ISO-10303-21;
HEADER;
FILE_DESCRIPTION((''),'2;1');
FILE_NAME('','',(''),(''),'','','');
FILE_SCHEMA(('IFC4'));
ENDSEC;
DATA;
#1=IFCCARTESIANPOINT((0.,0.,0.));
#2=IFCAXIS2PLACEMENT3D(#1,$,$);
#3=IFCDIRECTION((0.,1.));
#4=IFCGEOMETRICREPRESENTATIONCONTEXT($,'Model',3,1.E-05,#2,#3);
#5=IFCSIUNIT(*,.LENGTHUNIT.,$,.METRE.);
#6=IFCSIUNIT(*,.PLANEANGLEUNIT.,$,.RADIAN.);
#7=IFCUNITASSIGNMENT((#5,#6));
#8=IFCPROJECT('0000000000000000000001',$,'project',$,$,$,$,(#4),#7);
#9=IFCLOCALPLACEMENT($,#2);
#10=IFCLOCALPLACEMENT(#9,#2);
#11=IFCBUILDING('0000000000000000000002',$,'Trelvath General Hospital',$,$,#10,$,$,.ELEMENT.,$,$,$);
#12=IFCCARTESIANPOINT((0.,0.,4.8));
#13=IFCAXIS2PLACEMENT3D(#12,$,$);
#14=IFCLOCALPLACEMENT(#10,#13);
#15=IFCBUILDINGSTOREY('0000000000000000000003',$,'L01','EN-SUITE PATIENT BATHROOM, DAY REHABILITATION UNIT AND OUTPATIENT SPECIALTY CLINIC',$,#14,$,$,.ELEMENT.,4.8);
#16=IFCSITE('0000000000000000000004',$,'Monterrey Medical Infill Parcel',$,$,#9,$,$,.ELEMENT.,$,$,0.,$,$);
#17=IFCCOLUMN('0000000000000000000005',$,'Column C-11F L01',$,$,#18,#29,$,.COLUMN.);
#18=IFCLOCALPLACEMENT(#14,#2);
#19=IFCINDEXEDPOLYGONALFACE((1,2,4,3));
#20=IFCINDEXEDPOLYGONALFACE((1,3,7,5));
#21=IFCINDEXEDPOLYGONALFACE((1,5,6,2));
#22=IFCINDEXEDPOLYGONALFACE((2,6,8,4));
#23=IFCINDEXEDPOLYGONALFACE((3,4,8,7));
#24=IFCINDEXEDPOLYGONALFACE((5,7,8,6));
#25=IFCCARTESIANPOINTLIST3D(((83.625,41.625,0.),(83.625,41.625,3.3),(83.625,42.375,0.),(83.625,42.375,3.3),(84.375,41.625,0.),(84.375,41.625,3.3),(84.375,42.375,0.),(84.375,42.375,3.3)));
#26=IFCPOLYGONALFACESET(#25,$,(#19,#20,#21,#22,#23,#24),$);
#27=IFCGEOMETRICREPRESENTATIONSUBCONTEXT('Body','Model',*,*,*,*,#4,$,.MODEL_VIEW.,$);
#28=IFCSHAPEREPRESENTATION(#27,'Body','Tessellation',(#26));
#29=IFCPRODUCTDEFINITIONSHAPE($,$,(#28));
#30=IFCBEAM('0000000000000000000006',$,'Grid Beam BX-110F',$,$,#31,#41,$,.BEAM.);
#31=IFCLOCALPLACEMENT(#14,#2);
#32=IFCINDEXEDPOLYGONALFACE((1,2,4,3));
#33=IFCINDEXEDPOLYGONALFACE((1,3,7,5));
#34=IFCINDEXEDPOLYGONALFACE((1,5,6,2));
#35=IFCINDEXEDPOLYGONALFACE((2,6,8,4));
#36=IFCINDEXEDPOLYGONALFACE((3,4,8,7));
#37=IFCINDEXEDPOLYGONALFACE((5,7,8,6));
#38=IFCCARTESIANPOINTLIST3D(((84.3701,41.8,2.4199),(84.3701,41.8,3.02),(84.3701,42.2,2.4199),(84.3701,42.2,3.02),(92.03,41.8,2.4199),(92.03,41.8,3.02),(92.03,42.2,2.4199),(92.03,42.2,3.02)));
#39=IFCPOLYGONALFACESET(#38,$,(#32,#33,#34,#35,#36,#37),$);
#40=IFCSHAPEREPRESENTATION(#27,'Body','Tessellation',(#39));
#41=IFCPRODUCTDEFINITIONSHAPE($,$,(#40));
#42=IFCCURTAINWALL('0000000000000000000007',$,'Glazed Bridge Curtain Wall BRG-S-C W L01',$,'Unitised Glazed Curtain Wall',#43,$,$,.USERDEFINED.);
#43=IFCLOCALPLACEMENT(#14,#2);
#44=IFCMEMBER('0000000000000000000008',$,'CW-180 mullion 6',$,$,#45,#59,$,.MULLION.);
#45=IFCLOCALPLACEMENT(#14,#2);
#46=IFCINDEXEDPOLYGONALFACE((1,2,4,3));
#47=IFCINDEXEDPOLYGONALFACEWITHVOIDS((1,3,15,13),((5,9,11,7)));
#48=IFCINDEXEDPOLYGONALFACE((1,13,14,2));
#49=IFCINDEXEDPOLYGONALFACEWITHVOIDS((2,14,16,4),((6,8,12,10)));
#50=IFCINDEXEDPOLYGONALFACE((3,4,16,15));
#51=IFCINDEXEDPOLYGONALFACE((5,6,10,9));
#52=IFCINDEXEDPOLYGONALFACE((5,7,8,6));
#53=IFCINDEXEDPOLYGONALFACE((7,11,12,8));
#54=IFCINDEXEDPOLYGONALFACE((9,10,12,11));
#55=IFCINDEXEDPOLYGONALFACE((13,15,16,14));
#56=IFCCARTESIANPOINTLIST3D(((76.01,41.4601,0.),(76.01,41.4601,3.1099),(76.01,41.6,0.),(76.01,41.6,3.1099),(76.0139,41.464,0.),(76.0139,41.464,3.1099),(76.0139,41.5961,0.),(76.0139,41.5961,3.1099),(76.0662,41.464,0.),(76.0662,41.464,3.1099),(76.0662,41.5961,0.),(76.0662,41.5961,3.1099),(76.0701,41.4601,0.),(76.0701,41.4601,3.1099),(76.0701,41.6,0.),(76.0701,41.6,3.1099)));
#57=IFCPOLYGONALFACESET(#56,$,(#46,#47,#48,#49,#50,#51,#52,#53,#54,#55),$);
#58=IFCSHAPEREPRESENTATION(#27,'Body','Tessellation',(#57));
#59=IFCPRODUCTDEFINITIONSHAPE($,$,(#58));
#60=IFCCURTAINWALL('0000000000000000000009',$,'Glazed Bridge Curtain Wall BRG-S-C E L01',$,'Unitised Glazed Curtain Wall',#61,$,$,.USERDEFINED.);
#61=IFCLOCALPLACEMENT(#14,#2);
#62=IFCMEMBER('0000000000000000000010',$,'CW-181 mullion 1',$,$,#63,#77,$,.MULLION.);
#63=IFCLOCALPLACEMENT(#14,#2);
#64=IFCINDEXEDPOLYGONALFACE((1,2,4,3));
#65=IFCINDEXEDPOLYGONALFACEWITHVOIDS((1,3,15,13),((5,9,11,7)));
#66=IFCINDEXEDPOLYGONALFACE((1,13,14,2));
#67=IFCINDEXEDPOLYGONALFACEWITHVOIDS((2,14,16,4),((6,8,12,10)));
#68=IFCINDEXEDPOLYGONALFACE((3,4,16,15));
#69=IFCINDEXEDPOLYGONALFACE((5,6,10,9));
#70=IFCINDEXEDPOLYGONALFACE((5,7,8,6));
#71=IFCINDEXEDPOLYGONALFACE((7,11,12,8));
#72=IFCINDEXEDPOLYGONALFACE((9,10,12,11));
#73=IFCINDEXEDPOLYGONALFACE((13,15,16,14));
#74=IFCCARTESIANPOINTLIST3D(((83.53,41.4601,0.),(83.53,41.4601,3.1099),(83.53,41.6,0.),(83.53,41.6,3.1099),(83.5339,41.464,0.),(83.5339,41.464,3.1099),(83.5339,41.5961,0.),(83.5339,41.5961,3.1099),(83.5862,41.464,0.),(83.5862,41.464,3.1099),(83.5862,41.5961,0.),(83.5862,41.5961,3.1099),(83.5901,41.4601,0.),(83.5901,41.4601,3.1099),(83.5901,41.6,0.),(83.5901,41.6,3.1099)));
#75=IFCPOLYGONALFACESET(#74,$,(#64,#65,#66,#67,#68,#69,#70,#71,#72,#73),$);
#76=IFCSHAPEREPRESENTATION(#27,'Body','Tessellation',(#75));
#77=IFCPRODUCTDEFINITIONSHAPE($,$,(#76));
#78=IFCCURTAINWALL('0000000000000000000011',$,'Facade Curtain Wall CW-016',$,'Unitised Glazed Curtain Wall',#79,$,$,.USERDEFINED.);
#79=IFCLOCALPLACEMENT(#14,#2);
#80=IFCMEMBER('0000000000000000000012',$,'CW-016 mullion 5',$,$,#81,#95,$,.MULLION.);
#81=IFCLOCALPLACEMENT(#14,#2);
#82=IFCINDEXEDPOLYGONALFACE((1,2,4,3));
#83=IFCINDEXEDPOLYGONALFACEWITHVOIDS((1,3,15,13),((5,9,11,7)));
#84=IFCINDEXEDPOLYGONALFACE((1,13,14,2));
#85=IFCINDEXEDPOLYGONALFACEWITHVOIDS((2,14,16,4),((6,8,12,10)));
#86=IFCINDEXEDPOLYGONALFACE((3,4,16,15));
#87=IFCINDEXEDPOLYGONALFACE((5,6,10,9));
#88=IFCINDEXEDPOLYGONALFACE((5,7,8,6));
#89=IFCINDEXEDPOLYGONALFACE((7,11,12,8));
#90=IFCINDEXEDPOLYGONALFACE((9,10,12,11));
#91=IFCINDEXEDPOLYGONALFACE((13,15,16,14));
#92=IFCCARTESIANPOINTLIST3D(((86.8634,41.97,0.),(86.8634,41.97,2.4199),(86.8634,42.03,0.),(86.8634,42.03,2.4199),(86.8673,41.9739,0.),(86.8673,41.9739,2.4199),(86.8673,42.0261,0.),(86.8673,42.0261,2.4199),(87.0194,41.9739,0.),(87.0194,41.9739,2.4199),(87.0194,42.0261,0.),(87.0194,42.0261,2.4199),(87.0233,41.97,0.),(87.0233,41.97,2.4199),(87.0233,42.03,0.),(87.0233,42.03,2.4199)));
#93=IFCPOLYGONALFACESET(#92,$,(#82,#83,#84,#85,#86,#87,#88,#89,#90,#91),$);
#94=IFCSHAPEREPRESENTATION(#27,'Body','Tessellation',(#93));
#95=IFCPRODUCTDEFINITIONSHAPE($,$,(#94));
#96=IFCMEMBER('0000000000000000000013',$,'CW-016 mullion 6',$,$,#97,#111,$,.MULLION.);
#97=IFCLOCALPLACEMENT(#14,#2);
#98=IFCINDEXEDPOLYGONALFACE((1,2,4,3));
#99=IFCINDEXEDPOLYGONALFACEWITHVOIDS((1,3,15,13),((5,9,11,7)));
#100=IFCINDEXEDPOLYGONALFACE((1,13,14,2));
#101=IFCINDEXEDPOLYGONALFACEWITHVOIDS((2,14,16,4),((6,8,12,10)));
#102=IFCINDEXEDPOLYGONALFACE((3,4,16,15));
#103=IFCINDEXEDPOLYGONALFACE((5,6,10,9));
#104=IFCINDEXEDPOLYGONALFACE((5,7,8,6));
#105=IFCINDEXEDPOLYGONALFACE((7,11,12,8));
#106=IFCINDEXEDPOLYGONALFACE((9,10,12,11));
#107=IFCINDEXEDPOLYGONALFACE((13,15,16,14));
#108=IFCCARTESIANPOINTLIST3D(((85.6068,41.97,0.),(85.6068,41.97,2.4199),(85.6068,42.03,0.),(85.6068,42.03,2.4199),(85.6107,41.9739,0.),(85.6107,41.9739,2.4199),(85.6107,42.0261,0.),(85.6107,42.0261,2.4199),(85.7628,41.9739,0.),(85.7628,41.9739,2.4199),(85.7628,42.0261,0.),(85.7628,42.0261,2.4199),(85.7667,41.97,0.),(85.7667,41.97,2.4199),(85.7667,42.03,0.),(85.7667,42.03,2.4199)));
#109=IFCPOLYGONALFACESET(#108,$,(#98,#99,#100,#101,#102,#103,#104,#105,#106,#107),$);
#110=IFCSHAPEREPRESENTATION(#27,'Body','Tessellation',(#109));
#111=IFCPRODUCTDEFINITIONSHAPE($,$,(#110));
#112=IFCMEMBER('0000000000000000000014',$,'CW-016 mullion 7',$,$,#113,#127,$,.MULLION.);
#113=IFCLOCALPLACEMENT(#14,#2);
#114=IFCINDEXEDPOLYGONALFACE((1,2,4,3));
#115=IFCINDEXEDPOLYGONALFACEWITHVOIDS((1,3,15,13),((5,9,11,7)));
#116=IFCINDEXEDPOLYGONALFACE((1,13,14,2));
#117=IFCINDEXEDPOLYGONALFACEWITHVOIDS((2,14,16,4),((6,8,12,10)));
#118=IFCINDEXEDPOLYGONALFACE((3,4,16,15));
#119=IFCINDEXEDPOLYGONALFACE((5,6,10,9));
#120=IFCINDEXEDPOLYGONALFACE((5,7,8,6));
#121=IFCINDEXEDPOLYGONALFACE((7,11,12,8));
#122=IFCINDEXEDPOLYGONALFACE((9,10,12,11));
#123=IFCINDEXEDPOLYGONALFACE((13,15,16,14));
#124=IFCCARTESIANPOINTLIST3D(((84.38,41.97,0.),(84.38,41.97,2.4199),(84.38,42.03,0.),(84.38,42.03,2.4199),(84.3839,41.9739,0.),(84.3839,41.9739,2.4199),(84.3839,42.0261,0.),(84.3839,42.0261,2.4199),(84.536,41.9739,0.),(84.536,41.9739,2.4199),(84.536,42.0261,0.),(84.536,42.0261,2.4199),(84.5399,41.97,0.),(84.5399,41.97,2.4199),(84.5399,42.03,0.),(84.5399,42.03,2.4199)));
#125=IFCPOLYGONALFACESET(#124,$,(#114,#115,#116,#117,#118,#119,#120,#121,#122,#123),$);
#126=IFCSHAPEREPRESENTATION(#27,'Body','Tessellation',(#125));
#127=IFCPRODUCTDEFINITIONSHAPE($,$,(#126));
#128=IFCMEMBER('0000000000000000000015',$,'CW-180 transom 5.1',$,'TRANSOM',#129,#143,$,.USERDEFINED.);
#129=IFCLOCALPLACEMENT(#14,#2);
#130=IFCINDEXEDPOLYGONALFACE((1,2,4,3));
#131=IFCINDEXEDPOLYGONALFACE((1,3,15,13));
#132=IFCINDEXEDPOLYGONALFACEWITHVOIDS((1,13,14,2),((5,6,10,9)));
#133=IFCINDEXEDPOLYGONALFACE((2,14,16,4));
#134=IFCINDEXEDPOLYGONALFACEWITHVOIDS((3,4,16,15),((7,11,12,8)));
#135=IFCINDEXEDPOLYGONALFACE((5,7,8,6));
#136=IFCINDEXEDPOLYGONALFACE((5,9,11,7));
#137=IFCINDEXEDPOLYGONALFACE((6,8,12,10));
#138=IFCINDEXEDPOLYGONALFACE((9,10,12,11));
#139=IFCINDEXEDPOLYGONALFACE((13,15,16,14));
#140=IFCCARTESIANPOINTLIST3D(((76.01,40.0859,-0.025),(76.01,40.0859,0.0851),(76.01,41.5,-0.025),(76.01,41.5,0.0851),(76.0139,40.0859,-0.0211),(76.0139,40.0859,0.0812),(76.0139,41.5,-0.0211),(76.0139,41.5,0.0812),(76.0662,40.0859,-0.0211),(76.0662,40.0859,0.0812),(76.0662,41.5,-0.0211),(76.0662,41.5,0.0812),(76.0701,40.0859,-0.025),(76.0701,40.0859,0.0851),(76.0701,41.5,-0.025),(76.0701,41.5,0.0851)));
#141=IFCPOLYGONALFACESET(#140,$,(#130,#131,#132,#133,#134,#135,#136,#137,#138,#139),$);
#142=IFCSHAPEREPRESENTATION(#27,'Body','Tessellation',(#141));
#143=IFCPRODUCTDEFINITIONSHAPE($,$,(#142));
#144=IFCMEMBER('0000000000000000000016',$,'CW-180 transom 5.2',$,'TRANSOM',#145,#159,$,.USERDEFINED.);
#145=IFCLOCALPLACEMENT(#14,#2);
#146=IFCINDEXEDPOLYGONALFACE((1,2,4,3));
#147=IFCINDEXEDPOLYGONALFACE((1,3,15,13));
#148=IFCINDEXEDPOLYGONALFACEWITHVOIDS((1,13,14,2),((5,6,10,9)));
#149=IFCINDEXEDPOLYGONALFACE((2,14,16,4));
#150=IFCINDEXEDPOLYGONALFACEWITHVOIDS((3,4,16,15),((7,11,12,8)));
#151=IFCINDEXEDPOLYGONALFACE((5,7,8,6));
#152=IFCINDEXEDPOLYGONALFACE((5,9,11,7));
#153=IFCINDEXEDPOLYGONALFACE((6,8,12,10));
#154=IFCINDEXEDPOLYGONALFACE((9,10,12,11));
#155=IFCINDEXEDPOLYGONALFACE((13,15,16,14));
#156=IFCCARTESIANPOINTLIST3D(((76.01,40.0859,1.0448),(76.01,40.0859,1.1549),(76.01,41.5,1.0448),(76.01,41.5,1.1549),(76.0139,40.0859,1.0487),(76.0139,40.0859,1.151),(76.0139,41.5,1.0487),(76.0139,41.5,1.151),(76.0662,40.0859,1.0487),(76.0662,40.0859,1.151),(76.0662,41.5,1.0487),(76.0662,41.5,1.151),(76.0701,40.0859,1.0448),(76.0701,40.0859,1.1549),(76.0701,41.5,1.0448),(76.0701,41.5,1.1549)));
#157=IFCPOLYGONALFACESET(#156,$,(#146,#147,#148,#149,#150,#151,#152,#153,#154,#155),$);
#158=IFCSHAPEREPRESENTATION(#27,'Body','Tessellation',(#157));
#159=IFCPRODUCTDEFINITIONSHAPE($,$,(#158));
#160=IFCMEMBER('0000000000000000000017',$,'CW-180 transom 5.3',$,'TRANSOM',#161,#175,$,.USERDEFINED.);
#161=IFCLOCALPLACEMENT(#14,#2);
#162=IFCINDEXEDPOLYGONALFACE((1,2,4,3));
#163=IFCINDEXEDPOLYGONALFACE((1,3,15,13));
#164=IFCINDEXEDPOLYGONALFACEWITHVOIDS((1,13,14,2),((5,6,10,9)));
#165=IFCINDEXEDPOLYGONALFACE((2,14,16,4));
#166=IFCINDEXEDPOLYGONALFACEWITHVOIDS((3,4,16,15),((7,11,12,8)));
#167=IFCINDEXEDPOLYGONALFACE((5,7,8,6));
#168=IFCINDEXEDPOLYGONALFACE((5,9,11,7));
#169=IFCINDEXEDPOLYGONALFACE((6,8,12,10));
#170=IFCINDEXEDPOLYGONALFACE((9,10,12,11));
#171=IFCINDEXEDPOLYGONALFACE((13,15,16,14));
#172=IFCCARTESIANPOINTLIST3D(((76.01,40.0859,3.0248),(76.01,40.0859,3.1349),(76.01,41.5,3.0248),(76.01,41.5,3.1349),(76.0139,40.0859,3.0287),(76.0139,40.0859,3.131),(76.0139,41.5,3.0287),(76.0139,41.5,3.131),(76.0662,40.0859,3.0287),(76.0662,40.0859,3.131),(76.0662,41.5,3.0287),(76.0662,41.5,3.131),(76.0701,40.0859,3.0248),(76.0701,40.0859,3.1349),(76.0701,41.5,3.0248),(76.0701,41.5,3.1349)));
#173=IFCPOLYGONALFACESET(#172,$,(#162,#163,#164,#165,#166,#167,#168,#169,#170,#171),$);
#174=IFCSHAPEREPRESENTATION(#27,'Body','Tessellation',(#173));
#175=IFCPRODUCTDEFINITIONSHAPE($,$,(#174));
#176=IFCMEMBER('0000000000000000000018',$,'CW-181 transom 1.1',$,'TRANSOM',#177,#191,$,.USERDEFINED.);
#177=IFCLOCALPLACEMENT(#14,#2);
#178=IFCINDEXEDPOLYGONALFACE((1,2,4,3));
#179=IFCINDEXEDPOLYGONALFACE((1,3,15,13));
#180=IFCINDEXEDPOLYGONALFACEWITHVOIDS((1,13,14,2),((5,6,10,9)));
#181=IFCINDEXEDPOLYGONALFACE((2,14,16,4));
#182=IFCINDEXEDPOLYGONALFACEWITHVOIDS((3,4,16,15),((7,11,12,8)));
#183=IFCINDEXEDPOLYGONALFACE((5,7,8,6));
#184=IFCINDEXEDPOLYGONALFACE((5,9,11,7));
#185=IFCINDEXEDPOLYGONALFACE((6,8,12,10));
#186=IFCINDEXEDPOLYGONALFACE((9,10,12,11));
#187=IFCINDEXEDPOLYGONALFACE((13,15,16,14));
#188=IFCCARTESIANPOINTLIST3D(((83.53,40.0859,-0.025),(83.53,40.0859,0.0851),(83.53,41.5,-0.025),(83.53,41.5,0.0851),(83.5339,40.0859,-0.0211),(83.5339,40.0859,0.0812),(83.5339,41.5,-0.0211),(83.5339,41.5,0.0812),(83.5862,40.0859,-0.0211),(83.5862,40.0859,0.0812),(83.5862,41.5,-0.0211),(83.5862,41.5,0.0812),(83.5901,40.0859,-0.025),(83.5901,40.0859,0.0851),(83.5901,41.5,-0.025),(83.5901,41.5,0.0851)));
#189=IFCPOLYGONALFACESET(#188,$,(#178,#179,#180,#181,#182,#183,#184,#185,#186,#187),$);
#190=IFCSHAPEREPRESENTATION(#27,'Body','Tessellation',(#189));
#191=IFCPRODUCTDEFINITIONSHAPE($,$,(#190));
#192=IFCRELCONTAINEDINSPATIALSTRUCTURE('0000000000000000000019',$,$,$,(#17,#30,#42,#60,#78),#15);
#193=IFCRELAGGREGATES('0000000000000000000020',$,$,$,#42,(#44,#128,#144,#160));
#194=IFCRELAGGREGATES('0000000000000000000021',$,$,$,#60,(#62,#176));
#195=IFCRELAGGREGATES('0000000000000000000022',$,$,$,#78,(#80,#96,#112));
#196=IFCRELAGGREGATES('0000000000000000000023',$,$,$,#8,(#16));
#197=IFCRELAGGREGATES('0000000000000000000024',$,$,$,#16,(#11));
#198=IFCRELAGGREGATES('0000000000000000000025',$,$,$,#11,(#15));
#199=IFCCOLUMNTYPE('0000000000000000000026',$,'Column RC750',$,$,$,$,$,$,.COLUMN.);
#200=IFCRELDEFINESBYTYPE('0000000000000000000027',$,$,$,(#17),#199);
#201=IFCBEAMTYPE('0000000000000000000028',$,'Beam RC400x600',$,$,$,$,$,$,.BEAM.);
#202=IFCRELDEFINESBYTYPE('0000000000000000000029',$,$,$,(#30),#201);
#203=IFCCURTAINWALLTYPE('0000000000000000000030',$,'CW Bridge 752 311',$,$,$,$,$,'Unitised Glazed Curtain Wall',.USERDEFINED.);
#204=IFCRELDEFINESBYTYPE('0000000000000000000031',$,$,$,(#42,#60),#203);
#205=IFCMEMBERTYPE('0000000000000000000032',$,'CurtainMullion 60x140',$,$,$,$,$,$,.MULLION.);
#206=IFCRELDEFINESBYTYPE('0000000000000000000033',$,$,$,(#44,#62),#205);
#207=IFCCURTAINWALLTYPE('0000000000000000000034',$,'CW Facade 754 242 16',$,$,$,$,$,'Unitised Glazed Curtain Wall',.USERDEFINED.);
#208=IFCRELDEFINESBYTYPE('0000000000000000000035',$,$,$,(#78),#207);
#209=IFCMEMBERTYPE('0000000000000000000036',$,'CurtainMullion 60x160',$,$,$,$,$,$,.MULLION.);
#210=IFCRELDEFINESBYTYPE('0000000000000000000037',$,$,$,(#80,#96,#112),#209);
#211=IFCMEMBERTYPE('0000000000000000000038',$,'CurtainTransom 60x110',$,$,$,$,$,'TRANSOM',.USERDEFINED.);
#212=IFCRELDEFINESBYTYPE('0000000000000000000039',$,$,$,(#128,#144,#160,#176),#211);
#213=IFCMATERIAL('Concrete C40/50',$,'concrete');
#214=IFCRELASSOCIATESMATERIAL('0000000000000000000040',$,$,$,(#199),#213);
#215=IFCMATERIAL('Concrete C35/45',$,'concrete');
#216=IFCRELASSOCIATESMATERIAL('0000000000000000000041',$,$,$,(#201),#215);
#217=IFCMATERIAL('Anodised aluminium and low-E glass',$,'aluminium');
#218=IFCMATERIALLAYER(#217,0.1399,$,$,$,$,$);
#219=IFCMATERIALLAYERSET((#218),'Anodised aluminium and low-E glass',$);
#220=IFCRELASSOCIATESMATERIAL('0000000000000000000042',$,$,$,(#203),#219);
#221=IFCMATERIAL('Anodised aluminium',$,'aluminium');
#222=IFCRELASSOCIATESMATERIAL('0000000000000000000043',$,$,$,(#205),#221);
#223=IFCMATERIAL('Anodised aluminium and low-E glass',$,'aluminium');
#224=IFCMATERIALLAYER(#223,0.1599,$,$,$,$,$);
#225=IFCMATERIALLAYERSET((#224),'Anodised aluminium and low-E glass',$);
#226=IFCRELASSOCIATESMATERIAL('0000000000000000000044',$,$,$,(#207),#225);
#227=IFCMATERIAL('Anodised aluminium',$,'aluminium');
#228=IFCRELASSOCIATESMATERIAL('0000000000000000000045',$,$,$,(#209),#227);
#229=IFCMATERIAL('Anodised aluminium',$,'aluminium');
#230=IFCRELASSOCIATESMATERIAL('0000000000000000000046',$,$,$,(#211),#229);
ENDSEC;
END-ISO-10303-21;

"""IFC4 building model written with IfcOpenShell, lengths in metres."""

from ifc_helpers import new_model, si_unit, direction, frame, origin, origin_2d, place, context, subcontext, project, spatial, rectangle, hollow_rectangle, extrude, material, layer, layer_set, material_profile, profile_set, type_object, element, aggregate, save


model = new_model("IFC4")

# Units and contexts
model_context = context("Model", 3, precision=1e-05, world=origin(), true_north=direction((0.0, 1.0)))
body_context = subcontext(model_context, "Body", "Model", "MODEL_VIEW")
ifc_project = project(units=[si_unit("LENGTHUNIT", "METRE"), si_unit("PLANEANGLEUNIT", "RADIAN")], contexts=[model_context])

# Site, building, storey
site_placement = place(None, origin())
site = spatial("IfcSite", under=ifc_project, at=site_placement, Name="Monterrey Medical Infill Parcel", CompositionType="ELEMENT", RefElevation=0.0)
building_placement = place(site_placement, origin())
building = spatial("IfcBuilding", under=site, at=building_placement, Name="Trelvath General Hospital", CompositionType="ELEMENT")
storey_placement = place(building_placement, frame((0.0, 0.0, 4.8)))
storey = spatial("IfcBuildingStorey", under=building, at=storey_placement, Name="L01", Description="EN-SUITE PATIENT BATHROOM, DAY REHABILITATION UNIT AND OUTPATIENT SPECIALTY CLINIC", CompositionType="ELEMENT", Elevation=4.8)

# Column
ifc_material_1 = material(Name="Concrete C40/50", Category="concrete")
ifc_material_profile_1 = material_profile(ifc_material_1, rectangle(XDim=0.75, YDim=0.75, at=origin_2d()), Name="RC750x750")
ifc_profile_set_1 = profile_set([ifc_material_profile_1], Name="Concrete C40/50")
column_type = type_object("IfcColumnType", Name="Column RC750", PredefinedType="COLUMN", material=ifc_profile_set_1)
column_placement = place(storey_placement, frame((84.0, 42.0, 0.0), z_axis=(0.0, 0.0, 1.0), x_axis=(1.0, 0.0, 0.0)))
element("IfcColumn", 1, at=column_placement, inside=storey, type_object=column_type, Name="Column C-11F L01", PredefinedType="COLUMN", context=body_context, shape_type="SweptSolid", body=[
    extrude(rectangle(XDim=0.75, YDim=0.75, at=origin_2d()), origin(), (0.0, 0.0, 1.0), 3.3),
])

# Beam
ifc_material_2 = material(Name="Concrete C35/45", Category="concrete")
ifc_material_profile_2 = material_profile(ifc_material_2, rectangle(XDim=0.3999, YDim=0.6001, at=origin_2d()), Name="RCB400x600")
ifc_profile_set_2 = profile_set([ifc_material_profile_2], Name="Concrete C35/45")
beam_type = type_object("IfcBeamType", Name="Beam RC400x600", PredefinedType="BEAM", material=ifc_profile_set_2)
beam_placement = place(storey_placement, frame((84.3701, 42.0, 2.72), z_axis=(1.0, 0.0, 0.0), x_axis=(0.0, 1.0, 0.0)))
element("IfcBeam", 2, at=beam_placement, inside=storey, type_object=beam_type, Name="Grid Beam BX-110F", PredefinedType="BEAM", context=body_context, shape_type="SweptSolid", body=[
    extrude(rectangle(XDim=0.3999, YDim=0.6001, at=origin_2d()), origin(), (0.0, 0.0, 1.0), 7.6599),
])

# Curtain walls, members
ifc_material_3 = material(Name="Anodised aluminium and low-E glass", Category="aluminium")
ifc_layer_1 = layer(ifc_material_3, 0.1399)
ifc_layer_set_1 = layer_set([ifc_layer_1], Name="Anodised aluminium and low-E glass")
curtain_wall_type_1 = type_object("IfcCurtainWallType", Name="CW Bridge 752 311", ElementType="Unitised Glazed Curtain Wall", PredefinedType="USERDEFINED", material=ifc_layer_set_1)
curtain_wall_1_placement = place(storey_placement, origin())
curtain_wall_1 = element("IfcCurtainWall", 3, at=curtain_wall_1_placement, inside=storey, type_object=curtain_wall_type_1, Name="Glazed Bridge Curtain Wall BRG-S-C W L01", ObjectType="Unitised Glazed Curtain Wall", PredefinedType="USERDEFINED")
ifc_material_4 = material(Name="Anodised aluminium", Category="aluminium")
ifc_material_profile_3 = material_profile(ifc_material_4, hollow_rectangle(XDim=0.0601, YDim=0.1399, WallThickness=0.0039, at=origin_2d()), Name="RHS60x140x4")
ifc_profile_set_3 = profile_set([ifc_material_profile_3], Name="Anodised aluminium")
member_type_1 = type_object("IfcMemberType", Name="CurtainMullion 60x140", PredefinedType="MULLION", material=ifc_profile_set_3)
member_1_placement = place(storey_placement, frame((76.04, 41.53, 0.0), z_axis=(0.0, 0.0, 1.0), x_axis=(-1.0, 0.0, 0.0)))
member_1 = element("IfcMember", 4, at=member_1_placement, type_object=member_type_1, Name="CW-180 mullion 6", PredefinedType="MULLION", context=body_context, shape_type="SweptSolid", body=[
    extrude(hollow_rectangle(XDim=0.0601, YDim=0.1399, WallThickness=0.0039, at=origin_2d()), origin(), (0.0, 0.0, 1.0), 3.1099),
])
curtain_wall_2_placement = place(storey_placement, origin())
curtain_wall_2 = element("IfcCurtainWall", 5, at=curtain_wall_2_placement, inside=storey, type_object=curtain_wall_type_1, Name="Glazed Bridge Curtain Wall BRG-S-C E L01", ObjectType="Unitised Glazed Curtain Wall", PredefinedType="USERDEFINED")
member_2_placement = place(storey_placement, frame((83.5601, 41.53, 0.0), z_axis=(0.0, 0.0, 1.0), x_axis=(1.0, 0.0, 0.0)))
member_2 = element("IfcMember", 6, at=member_2_placement, type_object=member_type_1, Name="CW-181 mullion 1", PredefinedType="MULLION", context=body_context, shape_type="SweptSolid", body=[
    extrude(hollow_rectangle(XDim=0.0601, YDim=0.1399, WallThickness=0.0039, at=origin_2d()), origin(), (0.0, 0.0, 1.0), 3.1099),
])

# Curtain wall, members
ifc_material_5 = material(Name="Anodised aluminium and low-E glass", Category="aluminium")
ifc_layer_2 = layer(ifc_material_5, 0.1599)
ifc_layer_set_2 = layer_set([ifc_layer_2], Name="Anodised aluminium and low-E glass")
curtain_wall_type_2 = type_object("IfcCurtainWallType", Name="CW Facade 754 242 16", ElementType="Unitised Glazed Curtain Wall", PredefinedType="USERDEFINED", material=ifc_layer_set_2)
curtain_wall_3_placement = place(storey_placement, origin())
curtain_wall_3 = element("IfcCurtainWall", 7, at=curtain_wall_3_placement, inside=storey, type_object=curtain_wall_type_2, Name="Facade Curtain Wall CW-016", ObjectType="Unitised Glazed Curtain Wall", PredefinedType="USERDEFINED")
ifc_material_6 = material(Name="Anodised aluminium", Category="aluminium")
ifc_material_profile_4 = material_profile(ifc_material_6, hollow_rectangle(XDim=0.0601, YDim=0.1599, WallThickness=0.0039, at=origin_2d()), Name="RHS60x160x4")
ifc_profile_set_4 = profile_set([ifc_material_profile_4], Name="Anodised aluminium")
member_type_2 = type_object("IfcMemberType", Name="CurtainMullion 60x160", PredefinedType="MULLION", material=ifc_profile_set_4)
member_3_placement = place(storey_placement, frame((86.9434, 42.0, 0.0), z_axis=(0.0, 0.0, 1.0), x_axis=(0.0, -1.0, 0.0)))
member_3 = element("IfcMember", 8, at=member_3_placement, type_object=member_type_2, Name="CW-016 mullion 5", PredefinedType="MULLION", context=body_context, shape_type="SweptSolid", body=[
    extrude(hollow_rectangle(XDim=0.0601, YDim=0.1599, WallThickness=0.0039, at=origin_2d()), origin(), (0.0, 0.0, 1.0), 2.4199),
])
member_4_placement = place(storey_placement, frame((85.6868, 42.0, 0.0), z_axis=(0.0, 0.0, 1.0), x_axis=(0.0, -1.0, 0.0)))
member_4 = element("IfcMember", 9, at=member_4_placement, type_object=member_type_2, Name="CW-016 mullion 6", PredefinedType="MULLION", context=body_context, shape_type="SweptSolid", body=[
    extrude(hollow_rectangle(XDim=0.0601, YDim=0.1599, WallThickness=0.0039, at=origin_2d()), origin(), (0.0, 0.0, 1.0), 2.4199),
])
member_5_placement = place(storey_placement, frame((84.46, 42.0, 0.0), z_axis=(0.0, 0.0, 1.0), x_axis=(0.0, -1.0, 0.0)))
member_5 = element("IfcMember", 10, at=member_5_placement, type_object=member_type_2, Name="CW-016 mullion 7", PredefinedType="MULLION", context=body_context, shape_type="SweptSolid", body=[
    extrude(hollow_rectangle(XDim=0.0601, YDim=0.1599, WallThickness=0.0039, at=origin_2d()), origin(), (0.0, 0.0, 1.0), 2.4199),
])

# Members
ifc_material_7 = material(Name="Anodised aluminium", Category="aluminium")
ifc_material_profile_5 = material_profile(ifc_material_7, hollow_rectangle(XDim=0.0601, YDim=0.1101, WallThickness=0.0039, at=origin_2d()), Name="RHS60x110x4")
ifc_profile_set_5 = profile_set([ifc_material_profile_5], Name="Anodised aluminium")
member_type_3 = type_object("IfcMemberType", Name="CurtainTransom 60x110", ElementType="TRANSOM", PredefinedType="USERDEFINED", material=ifc_profile_set_5)
member_6_placement = place(storey_placement, frame((76.04, 40.0859, 0.03), z_axis=(0.0, 1.0, 0.0), x_axis=(-1.0, 0.0, 0.0)))
member_6 = element("IfcMember", 11, at=member_6_placement, type_object=member_type_3, Name="CW-180 transom 5.1", ObjectType="TRANSOM", PredefinedType="USERDEFINED", context=body_context, shape_type="SweptSolid", body=[
    extrude(hollow_rectangle(XDim=0.0601, YDim=0.1101, WallThickness=0.0039, at=origin_2d()), origin(), (0.0, 0.0, 1.0), 1.4141),
])
member_7_placement = place(storey_placement, frame((76.04, 40.0859, 1.0999), z_axis=(0.0, 1.0, 0.0), x_axis=(-1.0, 0.0, 0.0)))
member_7 = element("IfcMember", 12, at=member_7_placement, type_object=member_type_3, Name="CW-180 transom 5.2", ObjectType="TRANSOM", PredefinedType="USERDEFINED", context=body_context, shape_type="SweptSolid", body=[
    extrude(hollow_rectangle(XDim=0.0601, YDim=0.1101, WallThickness=0.0039, at=origin_2d()), origin(), (0.0, 0.0, 1.0), 1.4141),
])
member_8_placement = place(storey_placement, frame((76.04, 40.0859, 3.0798), z_axis=(0.0, 1.0, 0.0), x_axis=(-1.0, 0.0, 0.0)))
member_8 = element("IfcMember", 13, at=member_8_placement, type_object=member_type_3, Name="CW-180 transom 5.3", ObjectType="TRANSOM", PredefinedType="USERDEFINED", context=body_context, shape_type="SweptSolid", body=[
    extrude(hollow_rectangle(XDim=0.0601, YDim=0.1101, WallThickness=0.0039, at=origin_2d()), origin(), (0.0, 0.0, 1.0), 1.4141),
])
member_9_placement = place(storey_placement, frame((83.5601, 41.5, 0.03), z_axis=(0.0, -1.0, 0.0), x_axis=(1.0, 0.0, 0.0)))
member_9 = element("IfcMember", 14, at=member_9_placement, type_object=member_type_3, Name="CW-181 transom 1.1", ObjectType="TRANSOM", PredefinedType="USERDEFINED", context=body_context, shape_type="SweptSolid", body=[
    extrude(hollow_rectangle(XDim=0.0601, YDim=0.1101, WallThickness=0.0039, at=origin_2d()), origin(), (0.0, 0.0, 1.0), 1.4141),
])

aggregate(curtain_wall_1, [member_1, member_6, member_7, member_8])
aggregate(curtain_wall_2, [member_2, member_9])
aggregate(curtain_wall_3, [member_3, member_4, member_5])

save(model, "model.ifc")
